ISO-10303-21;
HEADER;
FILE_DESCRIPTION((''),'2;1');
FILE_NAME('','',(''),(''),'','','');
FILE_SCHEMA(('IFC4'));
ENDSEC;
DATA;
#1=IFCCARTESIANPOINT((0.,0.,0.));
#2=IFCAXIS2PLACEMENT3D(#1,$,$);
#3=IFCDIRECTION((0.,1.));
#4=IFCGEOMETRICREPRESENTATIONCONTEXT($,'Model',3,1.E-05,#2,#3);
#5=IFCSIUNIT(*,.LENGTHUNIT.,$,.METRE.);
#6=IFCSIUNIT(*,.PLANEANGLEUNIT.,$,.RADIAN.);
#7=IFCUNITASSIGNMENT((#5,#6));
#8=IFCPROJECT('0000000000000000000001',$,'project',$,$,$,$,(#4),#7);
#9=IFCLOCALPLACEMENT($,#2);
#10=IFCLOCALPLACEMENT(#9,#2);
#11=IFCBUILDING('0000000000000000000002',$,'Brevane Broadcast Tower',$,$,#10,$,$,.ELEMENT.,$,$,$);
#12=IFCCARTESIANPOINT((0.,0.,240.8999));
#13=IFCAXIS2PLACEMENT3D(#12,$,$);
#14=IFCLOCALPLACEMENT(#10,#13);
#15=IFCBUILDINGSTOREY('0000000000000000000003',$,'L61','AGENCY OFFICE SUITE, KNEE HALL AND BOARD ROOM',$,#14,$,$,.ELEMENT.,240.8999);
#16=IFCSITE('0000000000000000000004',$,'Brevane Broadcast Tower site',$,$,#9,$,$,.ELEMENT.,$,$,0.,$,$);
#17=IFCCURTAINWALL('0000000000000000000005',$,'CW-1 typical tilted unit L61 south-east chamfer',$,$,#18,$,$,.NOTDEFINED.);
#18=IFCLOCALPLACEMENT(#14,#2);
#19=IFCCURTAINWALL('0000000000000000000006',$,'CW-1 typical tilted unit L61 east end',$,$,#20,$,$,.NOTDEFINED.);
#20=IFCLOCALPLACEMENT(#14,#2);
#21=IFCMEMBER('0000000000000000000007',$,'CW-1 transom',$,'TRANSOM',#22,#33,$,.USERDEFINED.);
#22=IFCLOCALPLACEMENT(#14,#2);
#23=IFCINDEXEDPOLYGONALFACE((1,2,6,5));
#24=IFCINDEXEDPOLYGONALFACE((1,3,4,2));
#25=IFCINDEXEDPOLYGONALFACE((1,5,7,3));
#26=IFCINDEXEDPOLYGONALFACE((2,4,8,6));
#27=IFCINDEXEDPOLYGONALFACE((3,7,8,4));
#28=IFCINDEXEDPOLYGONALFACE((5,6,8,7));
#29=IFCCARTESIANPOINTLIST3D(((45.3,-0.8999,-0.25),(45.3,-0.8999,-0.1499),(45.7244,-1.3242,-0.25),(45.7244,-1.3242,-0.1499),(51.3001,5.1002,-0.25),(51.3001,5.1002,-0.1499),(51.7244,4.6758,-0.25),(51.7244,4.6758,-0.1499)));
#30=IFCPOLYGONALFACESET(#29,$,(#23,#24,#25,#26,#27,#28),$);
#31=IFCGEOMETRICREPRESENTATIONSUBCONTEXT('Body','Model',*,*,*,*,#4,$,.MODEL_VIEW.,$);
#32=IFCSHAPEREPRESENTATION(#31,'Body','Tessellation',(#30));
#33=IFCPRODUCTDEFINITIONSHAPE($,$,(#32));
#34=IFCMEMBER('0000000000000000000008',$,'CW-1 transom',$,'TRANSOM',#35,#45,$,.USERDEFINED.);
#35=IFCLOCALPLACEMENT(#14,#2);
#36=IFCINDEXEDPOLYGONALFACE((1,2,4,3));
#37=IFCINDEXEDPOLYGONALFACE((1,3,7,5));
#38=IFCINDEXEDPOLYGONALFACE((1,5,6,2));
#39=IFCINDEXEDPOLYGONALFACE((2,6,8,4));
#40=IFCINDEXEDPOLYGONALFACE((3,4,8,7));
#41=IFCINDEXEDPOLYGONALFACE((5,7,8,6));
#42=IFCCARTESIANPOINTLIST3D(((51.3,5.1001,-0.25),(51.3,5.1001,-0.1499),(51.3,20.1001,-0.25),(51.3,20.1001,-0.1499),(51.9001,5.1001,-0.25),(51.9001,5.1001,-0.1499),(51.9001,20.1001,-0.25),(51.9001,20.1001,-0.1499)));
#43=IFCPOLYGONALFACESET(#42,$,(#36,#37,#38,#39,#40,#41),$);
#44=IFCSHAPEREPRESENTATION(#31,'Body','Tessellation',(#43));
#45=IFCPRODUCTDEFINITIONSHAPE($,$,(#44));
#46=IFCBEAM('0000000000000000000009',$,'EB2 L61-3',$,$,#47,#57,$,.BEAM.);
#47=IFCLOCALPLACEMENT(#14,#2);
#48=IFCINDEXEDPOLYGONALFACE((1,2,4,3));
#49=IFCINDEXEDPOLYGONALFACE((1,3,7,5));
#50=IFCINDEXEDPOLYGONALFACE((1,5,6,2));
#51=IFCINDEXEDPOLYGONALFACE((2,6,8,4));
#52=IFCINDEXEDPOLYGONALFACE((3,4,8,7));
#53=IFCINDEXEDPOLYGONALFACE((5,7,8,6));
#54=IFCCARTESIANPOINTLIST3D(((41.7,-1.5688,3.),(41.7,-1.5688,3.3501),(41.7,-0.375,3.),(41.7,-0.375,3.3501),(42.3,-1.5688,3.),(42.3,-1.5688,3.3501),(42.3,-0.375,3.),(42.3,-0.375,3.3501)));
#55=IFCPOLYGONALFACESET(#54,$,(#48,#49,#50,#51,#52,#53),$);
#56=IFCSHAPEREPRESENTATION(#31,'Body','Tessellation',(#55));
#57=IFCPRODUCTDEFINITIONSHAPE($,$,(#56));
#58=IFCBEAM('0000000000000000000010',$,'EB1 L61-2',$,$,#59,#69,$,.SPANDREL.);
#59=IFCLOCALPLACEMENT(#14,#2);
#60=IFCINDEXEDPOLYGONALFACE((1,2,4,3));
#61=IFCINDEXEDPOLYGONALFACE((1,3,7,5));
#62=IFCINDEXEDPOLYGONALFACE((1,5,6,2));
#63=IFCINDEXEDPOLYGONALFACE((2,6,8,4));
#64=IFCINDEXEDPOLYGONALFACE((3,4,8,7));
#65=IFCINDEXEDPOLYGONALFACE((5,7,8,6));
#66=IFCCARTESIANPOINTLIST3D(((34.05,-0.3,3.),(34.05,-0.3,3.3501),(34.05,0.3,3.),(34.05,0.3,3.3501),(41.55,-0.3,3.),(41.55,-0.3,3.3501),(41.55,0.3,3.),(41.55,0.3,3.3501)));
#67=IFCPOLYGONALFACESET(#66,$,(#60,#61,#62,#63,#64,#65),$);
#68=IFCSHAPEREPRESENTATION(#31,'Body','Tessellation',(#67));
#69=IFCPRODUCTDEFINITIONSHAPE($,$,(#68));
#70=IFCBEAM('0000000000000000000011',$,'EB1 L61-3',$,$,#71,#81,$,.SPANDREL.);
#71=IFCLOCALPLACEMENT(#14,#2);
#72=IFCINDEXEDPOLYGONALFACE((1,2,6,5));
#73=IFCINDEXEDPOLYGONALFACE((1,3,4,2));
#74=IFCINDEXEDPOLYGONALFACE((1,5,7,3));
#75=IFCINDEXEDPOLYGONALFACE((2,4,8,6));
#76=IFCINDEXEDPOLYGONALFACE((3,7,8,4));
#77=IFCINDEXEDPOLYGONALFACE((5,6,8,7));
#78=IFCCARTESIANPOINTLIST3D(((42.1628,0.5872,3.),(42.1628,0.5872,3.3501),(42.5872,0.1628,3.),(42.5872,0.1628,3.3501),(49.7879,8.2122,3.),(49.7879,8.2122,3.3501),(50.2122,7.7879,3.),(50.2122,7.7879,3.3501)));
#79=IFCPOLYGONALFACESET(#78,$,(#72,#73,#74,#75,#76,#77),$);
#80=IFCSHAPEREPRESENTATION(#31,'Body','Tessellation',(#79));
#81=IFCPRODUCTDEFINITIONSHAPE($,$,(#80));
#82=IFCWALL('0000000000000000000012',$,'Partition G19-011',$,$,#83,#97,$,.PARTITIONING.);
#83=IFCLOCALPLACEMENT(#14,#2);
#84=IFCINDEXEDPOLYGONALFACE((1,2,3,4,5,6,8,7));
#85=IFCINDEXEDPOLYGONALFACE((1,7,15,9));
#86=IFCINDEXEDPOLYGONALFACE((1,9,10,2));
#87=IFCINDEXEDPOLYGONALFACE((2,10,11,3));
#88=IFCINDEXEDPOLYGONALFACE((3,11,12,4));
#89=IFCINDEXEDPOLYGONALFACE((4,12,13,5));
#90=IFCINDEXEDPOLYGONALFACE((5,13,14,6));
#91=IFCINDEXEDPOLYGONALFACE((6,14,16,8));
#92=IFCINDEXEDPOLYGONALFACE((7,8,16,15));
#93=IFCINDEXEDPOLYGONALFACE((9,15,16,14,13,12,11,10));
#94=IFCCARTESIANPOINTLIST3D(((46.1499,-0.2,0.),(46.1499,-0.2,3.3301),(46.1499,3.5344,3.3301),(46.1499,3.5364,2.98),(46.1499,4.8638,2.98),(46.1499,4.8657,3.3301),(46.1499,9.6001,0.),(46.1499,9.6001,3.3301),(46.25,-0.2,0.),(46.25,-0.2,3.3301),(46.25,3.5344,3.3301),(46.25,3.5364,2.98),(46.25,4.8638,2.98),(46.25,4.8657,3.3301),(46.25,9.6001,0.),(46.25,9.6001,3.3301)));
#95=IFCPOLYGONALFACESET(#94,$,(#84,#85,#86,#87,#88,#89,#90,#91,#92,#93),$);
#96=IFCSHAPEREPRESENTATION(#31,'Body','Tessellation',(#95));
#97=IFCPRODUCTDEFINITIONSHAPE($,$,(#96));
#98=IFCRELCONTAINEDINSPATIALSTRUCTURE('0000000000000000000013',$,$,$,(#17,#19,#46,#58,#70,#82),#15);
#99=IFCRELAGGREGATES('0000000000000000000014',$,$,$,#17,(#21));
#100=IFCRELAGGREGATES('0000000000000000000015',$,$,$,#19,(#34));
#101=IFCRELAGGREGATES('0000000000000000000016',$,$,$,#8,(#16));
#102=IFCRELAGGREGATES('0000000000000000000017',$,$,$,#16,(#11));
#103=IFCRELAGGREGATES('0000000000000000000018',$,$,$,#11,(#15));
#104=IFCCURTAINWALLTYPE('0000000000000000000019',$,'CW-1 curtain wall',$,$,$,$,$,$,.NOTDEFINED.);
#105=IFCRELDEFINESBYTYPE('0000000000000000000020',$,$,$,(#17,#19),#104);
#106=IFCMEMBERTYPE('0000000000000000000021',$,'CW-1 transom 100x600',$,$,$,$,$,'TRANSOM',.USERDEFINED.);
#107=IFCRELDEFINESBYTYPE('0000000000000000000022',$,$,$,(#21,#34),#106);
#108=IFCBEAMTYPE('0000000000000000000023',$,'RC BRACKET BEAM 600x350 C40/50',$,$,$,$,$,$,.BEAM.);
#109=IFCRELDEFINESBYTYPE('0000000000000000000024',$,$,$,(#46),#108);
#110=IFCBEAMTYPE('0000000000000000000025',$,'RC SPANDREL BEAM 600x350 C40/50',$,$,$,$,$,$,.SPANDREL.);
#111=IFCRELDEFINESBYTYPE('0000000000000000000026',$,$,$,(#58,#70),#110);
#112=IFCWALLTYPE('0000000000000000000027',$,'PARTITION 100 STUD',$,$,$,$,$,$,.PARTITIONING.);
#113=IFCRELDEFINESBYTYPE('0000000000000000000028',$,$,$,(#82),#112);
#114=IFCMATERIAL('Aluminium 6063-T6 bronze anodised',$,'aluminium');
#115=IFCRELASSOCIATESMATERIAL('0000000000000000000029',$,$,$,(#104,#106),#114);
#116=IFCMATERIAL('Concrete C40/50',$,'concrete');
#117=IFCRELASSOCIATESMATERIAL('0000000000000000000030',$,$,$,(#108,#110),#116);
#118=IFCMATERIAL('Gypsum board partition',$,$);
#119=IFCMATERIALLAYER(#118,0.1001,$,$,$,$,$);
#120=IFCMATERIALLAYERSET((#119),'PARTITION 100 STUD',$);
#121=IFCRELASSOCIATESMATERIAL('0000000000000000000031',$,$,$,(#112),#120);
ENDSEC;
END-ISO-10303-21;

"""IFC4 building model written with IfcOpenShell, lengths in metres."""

from ifc_helpers import new_model, si_unit, direction, frame, origin, origin_2d, place, context, subcontext, project, spatial, polyline, rectangle, outline, extrude, material, layer, layer_set, material_profile, profile_set, type_object, element, aggregate, save


model = new_model("IFC4")

# Units and contexts
model_context = context("Model", 3, precision=1e-05, world=origin(), true_north=direction((0.0, 1.0)))
body_context = subcontext(model_context, "Body", "Model", "MODEL_VIEW")
ifc_project = project(units=[si_unit("LENGTHUNIT", "METRE"), si_unit("PLANEANGLEUNIT", "RADIAN")], contexts=[model_context])

# Site, building, storey
site_placement = place(None, origin())
site = spatial("IfcSite", under=ifc_project, at=site_placement, Name="Brevane Broadcast Tower site", CompositionType="ELEMENT", RefElevation=0.0)
building_placement = place(site_placement, origin())
building = spatial("IfcBuilding", under=site, at=building_placement, Name="Brevane Broadcast Tower", CompositionType="ELEMENT")
storey_placement = place(building_placement, frame((0.0, 0.0, 240.8999)))
storey = spatial("IfcBuildingStorey", under=building, at=storey_placement, Name="L61", Description="AGENCY OFFICE SUITE, KNEE HALL AND BOARD ROOM", CompositionType="ELEMENT", Elevation=240.8999)

# Curtain wall
ifc_material_1 = material(Name="Aluminium 6063-T6 bronze anodised", Category="aluminium")
curtain_wall_type = type_object("IfcCurtainWallType", Name="CW-1 curtain wall", PredefinedType="NOTDEFINED", material=ifc_material_1)
curtain_wall_1_placement = place(storey_placement, origin())
curtain_wall_1 = element("IfcCurtainWall", 1, at=curtain_wall_1_placement, inside=storey, type_object=curtain_wall_type, Name="CW-1 typical tilted unit L61 south-east chamfer", PredefinedType="NOTDEFINED")

# Curtain wall
curtain_wall_2_placement = place(storey_placement, origin())
curtain_wall_2 = element("IfcCurtainWall", 2, at=curtain_wall_2_placement, inside=storey, type_object=curtain_wall_type, Name="CW-1 typical tilted unit L61 east end", PredefinedType="NOTDEFINED")

# Members
ifc_material_profile_1 = material_profile(ifc_material_1, rectangle(XDim=0.6001, YDim=0.1001, at=origin_2d()), Name="RECT 100x600")
ifc_profile_set_1 = profile_set([ifc_material_profile_1], Name="Aluminium 6063-T6 bronze anodised")
member_type_1 = type_object("IfcMemberType", Name="CW-1 transom 100x600", ElementType="TRANSOM", PredefinedType="USERDEFINED", material=ifc_profile_set_1)
member_1_placement = place(storey_placement, frame((45.5122, -1.1121, -0.2), z_axis=(0.707107, 0.707107, 0.0), x_axis=(-0.707107, 0.707107, 0.0)))
member_1 = element("IfcMember", 3, at=member_1_placement, type_object=member_type_1, Name="CW-1 transom", ObjectType="TRANSOM", PredefinedType="USERDEFINED", context=body_context, shape_type="SweptSolid", body=[
    extrude(rectangle(XDim=0.6001, YDim=0.1001, at=origin_2d()), origin(), (0.0, 0.0, 1.0), 8.4854),
])
aggregate(curtain_wall_1, [member_1])
member_2_placement = place(storey_placement, frame((51.6001, 5.1001, -0.2), z_axis=(0.0, 1.0, 0.0), x_axis=(-1.0, 0.0, 0.0)))
member_2 = element("IfcMember", 4, at=member_2_placement, type_object=member_type_1, Name="CW-1 transom", ObjectType="TRANSOM", PredefinedType="USERDEFINED", context=body_context, shape_type="SweptSolid", body=[
    extrude(rectangle(XDim=0.6001, YDim=0.1001, at=origin_2d()), origin(), (0.0, 0.0, 1.0), 15.0),
])
aggregate(curtain_wall_2, [member_2])

# Beams
ifc_material_2 = material(Name="Concrete C40/50", Category="concrete")
ifc_material_profile_2 = material_profile(ifc_material_2, rectangle(XDim=0.6001, YDim=0.3501, at=origin_2d()), Name="RC 600x350")
ifc_profile_set_2 = profile_set([ifc_material_profile_2], Name="Concrete C40/50")
beam_type_1 = type_object("IfcBeamType", Name="RC BRACKET BEAM 600x350 C40/50", PredefinedType="BEAM", material=ifc_profile_set_2)
beam_1_placement = place(storey_placement, frame((42.0, -0.375, 3.175), z_axis=(0.0, -1.0, 0.0), x_axis=(1.0, 0.0, 0.0)))
element("IfcBeam", 5, at=beam_1_placement, inside=storey, type_object=beam_type_1, Name="EB2 L61-3", PredefinedType="BEAM", context=body_context, shape_type="SweptSolid", body=[
    extrude(rectangle(XDim=0.6001, YDim=0.3501, at=origin_2d()), origin(), (0.0, 0.0, 1.0), 1.1938),
])
ifc_material_profile_3 = material_profile(ifc_material_2, rectangle(XDim=0.6001, YDim=0.3501, at=origin_2d()), Name="RC 600x350")
ifc_profile_set_3 = profile_set([ifc_material_profile_3], Name="Concrete C40/50")
beam_type_2 = type_object("IfcBeamType", Name="RC SPANDREL BEAM 600x350 C40/50", PredefinedType="SPANDREL", material=ifc_profile_set_3)
beam_2_placement = place(storey_placement, frame((34.05, 0.0, 3.175), z_axis=(1.0, 0.0, 0.0), x_axis=(0.0, 1.0, 0.0)))
element("IfcBeam", 6, at=beam_2_placement, inside=storey, type_object=beam_type_2, Name="EB1 L61-2", PredefinedType="SPANDREL", context=body_context, shape_type="SweptSolid", body=[
    extrude(rectangle(XDim=0.6001, YDim=0.3501, at=origin_2d()), origin(), (0.0, 0.0, 1.0), 7.5),
])
beam_3_placement = place(storey_placement, frame((42.375, 0.375, 3.175), z_axis=(0.707107, 0.707107, 0.0), x_axis=(-0.707107, 0.707107, 0.0)))
element("IfcBeam", 7, at=beam_3_placement, inside=storey, type_object=beam_type_2, Name="EB1 L61-3", PredefinedType="SPANDREL", context=body_context, shape_type="SweptSolid", body=[
    extrude(rectangle(XDim=0.6001, YDim=0.3501, at=origin_2d()), origin(), (0.0, 0.0, 1.0), 10.7834),
])

# Wall
ifc_material_3 = material(Name="Gypsum board partition")
ifc_layer = layer(ifc_material_3, 0.1001)
ifc_layer_set = layer_set([ifc_layer], Name="PARTITION 100 STUD")
wall_type = type_object("IfcWallType", Name="PARTITION 100 STUD", PredefinedType="PARTITIONING", material=ifc_layer_set)
wall_placement = place(storey_placement, frame((46.2, -0.2, 0.0), z_axis=(0.0, 0.0, 1.0), x_axis=(0.0, 1.0, 0.0)))
element("IfcWall", 8, at=wall_placement, inside=storey, type_object=wall_type, Name="Partition G19-011", PredefinedType="PARTITIONING", context=body_context, shape_type="SweptSolid", body=[
    extrude(outline(polyline([(0.0, 0.0), (9.8, 0.0), (9.8, 3.3301), (5.0657, 3.3301), (5.0637, 2.98), (3.7363, 2.98), (3.7344, 3.3301), (0.0, 3.3301), (0.0, 0.0)])), frame((0.0, 0.05, 0.0), z_axis=(0.0, -1.0, 0.0), x_axis=(1.0, 0.0, 0.0)), (0.0, 0.0, 1.0), 0.1001),
])

save(model, "model.ifc")
